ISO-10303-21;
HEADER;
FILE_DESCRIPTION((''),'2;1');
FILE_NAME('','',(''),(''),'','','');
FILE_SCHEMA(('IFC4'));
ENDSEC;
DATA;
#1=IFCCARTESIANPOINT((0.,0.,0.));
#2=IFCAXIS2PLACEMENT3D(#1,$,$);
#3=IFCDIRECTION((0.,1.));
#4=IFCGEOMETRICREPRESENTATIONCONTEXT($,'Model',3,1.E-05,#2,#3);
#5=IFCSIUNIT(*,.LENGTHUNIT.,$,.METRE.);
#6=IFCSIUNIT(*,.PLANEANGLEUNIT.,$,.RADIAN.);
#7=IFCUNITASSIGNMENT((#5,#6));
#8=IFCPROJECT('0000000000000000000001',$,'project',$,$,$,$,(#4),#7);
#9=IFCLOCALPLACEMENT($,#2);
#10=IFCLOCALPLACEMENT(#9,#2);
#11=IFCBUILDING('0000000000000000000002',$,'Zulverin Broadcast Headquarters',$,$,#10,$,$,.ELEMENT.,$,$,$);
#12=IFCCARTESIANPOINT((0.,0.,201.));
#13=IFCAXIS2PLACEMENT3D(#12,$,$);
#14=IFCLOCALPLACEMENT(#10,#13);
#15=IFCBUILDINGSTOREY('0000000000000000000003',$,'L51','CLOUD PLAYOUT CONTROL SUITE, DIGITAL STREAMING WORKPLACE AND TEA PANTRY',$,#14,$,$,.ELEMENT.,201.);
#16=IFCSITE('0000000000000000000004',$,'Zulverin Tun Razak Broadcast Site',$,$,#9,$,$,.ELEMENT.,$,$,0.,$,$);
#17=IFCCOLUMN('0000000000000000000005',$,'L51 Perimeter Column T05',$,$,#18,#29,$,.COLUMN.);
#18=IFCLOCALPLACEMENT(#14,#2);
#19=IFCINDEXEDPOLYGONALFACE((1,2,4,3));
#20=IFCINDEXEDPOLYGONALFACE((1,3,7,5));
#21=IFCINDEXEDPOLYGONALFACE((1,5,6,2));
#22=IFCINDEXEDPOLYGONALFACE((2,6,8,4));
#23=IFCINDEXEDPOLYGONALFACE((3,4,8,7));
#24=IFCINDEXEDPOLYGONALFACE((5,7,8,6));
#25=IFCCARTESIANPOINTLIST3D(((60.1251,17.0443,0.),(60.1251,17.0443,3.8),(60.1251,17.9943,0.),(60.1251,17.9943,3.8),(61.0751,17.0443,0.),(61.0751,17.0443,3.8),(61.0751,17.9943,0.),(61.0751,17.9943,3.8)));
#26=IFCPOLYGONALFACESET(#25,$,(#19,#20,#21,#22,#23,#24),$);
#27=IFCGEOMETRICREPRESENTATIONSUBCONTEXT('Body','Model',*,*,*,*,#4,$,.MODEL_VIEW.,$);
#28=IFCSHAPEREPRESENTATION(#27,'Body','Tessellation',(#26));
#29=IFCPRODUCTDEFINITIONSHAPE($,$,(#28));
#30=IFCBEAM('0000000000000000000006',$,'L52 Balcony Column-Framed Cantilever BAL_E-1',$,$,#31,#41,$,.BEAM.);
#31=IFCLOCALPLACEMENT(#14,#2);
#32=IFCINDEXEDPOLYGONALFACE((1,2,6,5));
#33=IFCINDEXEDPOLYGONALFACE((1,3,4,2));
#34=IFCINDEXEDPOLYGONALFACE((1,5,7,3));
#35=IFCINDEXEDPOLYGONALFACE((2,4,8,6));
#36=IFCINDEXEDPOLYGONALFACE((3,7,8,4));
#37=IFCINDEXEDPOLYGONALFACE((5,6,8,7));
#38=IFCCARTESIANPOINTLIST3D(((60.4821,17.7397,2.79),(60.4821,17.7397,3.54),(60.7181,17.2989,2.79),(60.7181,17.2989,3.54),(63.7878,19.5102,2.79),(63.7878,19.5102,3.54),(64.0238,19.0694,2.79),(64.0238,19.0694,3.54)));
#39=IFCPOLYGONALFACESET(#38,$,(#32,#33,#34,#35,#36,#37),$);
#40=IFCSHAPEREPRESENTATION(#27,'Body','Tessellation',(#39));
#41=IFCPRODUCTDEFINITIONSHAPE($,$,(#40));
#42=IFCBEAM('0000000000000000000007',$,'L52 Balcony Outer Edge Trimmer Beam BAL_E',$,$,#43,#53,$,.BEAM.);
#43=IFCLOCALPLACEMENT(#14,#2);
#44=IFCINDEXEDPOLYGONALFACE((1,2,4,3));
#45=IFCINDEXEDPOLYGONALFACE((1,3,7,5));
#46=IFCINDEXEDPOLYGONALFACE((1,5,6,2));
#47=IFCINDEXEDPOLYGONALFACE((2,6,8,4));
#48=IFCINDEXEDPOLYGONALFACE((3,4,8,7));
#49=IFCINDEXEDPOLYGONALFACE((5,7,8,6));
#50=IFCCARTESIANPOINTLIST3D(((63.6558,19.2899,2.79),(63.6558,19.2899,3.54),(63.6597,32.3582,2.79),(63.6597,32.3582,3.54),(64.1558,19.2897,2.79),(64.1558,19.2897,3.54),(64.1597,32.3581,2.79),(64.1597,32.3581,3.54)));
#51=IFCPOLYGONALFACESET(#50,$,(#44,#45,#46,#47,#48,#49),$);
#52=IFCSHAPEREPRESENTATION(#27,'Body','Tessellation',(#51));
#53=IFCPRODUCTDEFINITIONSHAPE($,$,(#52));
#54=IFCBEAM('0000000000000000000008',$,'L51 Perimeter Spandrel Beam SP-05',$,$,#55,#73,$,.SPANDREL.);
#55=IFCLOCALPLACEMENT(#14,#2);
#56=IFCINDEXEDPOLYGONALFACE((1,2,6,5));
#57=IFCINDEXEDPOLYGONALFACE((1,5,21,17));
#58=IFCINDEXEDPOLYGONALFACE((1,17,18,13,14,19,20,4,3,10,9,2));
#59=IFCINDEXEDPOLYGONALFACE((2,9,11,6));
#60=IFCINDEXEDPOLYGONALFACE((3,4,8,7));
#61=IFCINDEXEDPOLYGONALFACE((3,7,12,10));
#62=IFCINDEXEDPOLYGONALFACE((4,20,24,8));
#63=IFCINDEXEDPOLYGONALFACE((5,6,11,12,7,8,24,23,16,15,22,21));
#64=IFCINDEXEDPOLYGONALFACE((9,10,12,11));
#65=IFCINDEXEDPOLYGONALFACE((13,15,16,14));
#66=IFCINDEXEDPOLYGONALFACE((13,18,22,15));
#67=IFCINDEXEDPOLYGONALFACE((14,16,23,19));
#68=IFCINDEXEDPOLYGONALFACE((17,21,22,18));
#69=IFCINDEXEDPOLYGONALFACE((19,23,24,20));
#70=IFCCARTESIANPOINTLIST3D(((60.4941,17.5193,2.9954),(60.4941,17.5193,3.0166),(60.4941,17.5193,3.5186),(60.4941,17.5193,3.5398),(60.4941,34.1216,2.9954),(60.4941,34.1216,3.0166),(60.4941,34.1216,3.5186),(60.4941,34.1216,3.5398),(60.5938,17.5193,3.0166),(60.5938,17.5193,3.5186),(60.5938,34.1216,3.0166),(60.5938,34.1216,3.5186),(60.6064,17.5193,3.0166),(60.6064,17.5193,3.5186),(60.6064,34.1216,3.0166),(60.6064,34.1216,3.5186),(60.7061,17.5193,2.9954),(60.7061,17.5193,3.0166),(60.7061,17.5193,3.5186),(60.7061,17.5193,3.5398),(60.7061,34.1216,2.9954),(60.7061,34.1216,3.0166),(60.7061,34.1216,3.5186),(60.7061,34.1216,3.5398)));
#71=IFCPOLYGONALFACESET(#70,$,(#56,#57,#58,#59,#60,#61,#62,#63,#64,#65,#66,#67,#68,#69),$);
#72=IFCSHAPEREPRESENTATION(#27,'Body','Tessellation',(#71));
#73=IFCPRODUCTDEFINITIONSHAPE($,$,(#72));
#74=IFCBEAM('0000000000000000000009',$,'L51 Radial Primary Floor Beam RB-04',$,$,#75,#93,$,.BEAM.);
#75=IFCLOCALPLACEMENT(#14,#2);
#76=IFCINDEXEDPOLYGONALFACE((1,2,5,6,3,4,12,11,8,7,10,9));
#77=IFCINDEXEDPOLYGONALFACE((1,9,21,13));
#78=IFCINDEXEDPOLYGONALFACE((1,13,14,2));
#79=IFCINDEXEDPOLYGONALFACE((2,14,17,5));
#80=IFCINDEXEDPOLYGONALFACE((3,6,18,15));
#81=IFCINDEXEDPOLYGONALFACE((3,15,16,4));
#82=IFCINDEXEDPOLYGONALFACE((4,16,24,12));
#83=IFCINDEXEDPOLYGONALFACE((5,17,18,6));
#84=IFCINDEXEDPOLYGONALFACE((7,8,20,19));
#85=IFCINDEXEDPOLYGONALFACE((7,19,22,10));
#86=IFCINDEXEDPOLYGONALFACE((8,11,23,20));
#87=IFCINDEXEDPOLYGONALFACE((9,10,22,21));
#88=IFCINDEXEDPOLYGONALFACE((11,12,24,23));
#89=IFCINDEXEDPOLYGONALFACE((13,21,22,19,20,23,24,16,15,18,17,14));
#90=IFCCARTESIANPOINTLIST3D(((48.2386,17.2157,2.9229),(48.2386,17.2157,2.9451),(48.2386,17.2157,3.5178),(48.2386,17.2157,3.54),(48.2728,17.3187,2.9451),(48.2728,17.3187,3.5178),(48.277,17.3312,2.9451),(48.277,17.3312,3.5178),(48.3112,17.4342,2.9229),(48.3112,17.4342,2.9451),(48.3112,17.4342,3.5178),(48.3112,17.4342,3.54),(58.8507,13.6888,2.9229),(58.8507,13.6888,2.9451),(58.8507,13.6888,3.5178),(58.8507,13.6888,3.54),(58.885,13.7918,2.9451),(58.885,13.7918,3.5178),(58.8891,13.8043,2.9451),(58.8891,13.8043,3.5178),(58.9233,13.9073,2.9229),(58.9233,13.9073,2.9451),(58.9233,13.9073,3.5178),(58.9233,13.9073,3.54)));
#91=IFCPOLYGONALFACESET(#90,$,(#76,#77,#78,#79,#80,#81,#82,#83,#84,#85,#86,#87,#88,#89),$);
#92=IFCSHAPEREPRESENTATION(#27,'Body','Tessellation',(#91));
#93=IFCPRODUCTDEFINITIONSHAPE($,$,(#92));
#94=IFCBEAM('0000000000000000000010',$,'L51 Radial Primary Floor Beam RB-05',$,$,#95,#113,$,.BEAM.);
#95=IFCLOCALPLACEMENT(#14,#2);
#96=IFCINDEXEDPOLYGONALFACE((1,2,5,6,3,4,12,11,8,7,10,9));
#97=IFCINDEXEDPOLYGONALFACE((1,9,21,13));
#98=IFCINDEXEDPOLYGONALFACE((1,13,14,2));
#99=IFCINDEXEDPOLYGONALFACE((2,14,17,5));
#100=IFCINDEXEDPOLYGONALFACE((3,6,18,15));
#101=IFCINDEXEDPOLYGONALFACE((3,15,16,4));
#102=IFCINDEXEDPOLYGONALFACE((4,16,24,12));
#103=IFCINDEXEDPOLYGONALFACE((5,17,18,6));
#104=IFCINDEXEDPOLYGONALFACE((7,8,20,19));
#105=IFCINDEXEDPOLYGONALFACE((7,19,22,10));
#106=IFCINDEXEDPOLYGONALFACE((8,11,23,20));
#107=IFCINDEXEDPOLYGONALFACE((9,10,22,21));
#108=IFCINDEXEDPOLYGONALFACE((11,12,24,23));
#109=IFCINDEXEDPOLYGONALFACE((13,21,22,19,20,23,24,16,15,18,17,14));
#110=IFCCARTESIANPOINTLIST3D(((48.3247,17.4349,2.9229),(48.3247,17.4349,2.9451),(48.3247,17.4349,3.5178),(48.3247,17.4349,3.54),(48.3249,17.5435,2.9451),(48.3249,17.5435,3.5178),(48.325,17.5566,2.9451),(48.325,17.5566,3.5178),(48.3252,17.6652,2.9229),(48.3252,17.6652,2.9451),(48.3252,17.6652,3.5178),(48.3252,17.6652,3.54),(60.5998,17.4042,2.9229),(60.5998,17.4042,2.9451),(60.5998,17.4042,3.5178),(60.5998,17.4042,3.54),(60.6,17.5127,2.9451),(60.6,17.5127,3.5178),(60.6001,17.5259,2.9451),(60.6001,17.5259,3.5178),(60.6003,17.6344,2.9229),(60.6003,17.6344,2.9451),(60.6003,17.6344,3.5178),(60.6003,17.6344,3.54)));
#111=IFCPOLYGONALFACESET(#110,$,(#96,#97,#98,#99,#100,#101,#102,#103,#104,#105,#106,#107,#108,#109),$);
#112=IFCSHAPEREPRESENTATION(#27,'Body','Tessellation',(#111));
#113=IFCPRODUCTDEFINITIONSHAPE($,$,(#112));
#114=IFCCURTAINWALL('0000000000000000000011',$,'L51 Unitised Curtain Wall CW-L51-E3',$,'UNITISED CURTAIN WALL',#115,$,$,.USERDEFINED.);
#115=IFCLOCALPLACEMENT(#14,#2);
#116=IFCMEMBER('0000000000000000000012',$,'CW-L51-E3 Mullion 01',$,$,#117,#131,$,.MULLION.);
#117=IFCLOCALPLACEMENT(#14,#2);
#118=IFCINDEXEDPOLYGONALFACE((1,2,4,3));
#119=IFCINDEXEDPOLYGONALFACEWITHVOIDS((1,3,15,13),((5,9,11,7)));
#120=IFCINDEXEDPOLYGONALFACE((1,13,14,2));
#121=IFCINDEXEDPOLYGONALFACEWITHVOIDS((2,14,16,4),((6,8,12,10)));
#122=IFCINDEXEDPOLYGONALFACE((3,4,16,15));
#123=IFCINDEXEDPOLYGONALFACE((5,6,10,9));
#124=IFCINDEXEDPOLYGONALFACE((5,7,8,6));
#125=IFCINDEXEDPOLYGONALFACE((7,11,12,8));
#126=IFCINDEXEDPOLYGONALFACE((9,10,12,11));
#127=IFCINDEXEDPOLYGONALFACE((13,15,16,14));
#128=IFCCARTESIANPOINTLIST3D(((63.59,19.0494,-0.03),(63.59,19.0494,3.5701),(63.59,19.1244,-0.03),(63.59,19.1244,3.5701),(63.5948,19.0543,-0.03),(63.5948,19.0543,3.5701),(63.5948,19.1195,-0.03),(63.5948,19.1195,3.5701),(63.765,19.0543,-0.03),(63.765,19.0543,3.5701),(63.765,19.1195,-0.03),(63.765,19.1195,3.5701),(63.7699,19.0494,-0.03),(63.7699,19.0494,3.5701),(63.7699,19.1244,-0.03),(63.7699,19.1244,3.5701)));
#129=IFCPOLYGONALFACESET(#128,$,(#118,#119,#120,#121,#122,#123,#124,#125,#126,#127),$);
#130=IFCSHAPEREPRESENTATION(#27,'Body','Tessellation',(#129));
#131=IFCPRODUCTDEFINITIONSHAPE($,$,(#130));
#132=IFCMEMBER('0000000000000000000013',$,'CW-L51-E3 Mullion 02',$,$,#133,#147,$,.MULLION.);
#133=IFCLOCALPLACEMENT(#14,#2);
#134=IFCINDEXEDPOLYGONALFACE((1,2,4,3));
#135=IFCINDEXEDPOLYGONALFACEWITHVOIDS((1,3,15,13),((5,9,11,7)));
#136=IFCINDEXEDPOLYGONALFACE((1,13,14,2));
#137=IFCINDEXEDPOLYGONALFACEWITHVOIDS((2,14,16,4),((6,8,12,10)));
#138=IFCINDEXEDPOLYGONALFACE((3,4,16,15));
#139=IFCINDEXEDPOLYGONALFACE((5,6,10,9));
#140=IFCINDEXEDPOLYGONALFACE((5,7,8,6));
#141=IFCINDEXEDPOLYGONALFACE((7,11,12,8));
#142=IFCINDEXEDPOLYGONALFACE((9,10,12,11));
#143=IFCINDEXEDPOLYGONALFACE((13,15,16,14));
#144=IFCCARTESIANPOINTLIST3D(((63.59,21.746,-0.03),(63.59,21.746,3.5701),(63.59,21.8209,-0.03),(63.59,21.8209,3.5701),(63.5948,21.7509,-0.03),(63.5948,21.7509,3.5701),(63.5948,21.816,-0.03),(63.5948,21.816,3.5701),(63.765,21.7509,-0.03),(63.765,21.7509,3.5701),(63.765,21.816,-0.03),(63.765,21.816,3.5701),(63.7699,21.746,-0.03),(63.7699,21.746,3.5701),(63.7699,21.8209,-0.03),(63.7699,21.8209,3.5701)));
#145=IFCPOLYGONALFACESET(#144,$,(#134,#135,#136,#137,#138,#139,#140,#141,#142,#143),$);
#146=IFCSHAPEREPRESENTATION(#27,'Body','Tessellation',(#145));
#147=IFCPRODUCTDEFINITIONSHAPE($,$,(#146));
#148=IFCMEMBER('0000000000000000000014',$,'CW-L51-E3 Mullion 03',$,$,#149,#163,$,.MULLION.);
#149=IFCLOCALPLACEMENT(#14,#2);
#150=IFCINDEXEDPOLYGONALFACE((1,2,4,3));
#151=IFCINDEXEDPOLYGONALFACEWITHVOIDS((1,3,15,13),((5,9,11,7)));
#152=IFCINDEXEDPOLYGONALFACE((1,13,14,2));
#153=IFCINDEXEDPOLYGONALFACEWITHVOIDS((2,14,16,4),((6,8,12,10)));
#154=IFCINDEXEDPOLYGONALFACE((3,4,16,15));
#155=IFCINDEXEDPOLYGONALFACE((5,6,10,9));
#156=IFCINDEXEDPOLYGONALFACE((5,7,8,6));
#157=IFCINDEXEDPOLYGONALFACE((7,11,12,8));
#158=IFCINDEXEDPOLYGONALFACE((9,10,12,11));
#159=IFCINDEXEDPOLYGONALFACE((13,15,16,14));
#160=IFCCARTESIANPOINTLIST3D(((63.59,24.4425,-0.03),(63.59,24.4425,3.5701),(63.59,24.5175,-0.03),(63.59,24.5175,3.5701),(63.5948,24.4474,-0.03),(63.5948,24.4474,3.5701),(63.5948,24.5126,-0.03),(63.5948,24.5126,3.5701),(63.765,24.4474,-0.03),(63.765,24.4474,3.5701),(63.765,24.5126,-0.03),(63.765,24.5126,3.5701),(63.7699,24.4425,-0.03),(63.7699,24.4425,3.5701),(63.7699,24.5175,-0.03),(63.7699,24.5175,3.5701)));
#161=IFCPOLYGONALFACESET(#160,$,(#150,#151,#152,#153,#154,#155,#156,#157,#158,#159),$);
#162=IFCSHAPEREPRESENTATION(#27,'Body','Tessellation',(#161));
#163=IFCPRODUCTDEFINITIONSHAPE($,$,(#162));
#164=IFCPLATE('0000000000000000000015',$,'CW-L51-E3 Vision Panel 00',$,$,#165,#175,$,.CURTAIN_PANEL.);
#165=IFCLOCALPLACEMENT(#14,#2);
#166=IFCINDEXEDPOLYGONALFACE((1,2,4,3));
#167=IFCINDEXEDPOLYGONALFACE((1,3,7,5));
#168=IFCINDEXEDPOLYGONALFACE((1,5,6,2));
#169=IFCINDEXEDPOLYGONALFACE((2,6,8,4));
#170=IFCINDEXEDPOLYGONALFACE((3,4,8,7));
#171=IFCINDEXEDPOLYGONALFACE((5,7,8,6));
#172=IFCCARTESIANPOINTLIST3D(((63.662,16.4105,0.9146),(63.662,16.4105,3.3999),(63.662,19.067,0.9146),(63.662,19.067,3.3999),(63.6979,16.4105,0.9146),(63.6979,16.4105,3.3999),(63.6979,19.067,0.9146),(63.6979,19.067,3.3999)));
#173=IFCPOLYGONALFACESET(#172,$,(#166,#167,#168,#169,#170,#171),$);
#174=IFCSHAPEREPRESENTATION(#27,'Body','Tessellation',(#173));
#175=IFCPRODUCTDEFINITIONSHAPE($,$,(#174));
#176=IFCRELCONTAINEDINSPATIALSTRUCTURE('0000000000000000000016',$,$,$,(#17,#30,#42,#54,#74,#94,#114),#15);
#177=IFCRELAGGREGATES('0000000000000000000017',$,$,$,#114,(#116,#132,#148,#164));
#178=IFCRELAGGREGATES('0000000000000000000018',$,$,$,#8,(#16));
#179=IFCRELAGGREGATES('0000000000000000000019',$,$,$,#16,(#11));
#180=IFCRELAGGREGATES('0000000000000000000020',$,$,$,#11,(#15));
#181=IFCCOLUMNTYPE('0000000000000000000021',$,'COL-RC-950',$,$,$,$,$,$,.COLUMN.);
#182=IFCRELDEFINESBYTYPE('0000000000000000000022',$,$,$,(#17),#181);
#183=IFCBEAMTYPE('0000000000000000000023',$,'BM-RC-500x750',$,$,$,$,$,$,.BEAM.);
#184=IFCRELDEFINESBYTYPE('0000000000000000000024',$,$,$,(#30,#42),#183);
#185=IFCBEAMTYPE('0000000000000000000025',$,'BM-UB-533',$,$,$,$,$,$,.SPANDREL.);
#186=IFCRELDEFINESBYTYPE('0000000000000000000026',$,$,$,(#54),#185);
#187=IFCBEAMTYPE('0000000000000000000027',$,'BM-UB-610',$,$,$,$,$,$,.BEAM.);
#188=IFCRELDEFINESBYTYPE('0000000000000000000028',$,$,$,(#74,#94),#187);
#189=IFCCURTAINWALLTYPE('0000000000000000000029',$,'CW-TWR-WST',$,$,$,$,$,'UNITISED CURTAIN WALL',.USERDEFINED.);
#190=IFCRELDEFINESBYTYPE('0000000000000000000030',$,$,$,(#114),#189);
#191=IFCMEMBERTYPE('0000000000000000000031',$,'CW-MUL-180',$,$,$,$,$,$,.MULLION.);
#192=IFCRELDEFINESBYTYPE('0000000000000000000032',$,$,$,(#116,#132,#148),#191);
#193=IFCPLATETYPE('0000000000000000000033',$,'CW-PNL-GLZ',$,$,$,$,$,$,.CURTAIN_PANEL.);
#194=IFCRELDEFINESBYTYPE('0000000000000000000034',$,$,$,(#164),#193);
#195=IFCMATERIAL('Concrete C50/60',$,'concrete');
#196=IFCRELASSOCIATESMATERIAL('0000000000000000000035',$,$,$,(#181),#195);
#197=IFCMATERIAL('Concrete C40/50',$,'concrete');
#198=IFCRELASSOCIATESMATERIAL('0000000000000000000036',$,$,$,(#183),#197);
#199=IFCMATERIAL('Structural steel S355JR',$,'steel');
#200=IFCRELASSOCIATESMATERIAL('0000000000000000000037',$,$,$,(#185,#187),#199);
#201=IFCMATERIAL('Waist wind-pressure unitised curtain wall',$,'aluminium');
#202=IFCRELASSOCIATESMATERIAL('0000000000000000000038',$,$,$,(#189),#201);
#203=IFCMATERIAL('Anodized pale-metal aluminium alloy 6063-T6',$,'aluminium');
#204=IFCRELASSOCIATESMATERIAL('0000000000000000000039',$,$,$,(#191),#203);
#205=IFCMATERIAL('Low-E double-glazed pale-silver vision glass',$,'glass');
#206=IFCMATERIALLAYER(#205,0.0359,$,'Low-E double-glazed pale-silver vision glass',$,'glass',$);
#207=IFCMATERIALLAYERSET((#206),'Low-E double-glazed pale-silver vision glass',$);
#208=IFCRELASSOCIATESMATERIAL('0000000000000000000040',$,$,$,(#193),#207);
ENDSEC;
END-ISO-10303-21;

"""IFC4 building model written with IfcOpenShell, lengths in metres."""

from ifc_helpers import new_model, si_unit, direction, frame, origin, origin_2d, place, context, subcontext, project, spatial, rectangle, hollow_rectangle, i_section, extrude, material, layer, layer_set, material_profile, profile_set, type_object, element, aggregate, save


model = new_model("IFC4")

# Units and contexts
model_context = context("Model", 3, precision=1e-05, world=origin(), true_north=direction((0.0, 1.0)))
body_context = subcontext(model_context, "Body", "Model", "MODEL_VIEW")
ifc_project = project(units=[si_unit("LENGTHUNIT", "METRE"), si_unit("PLANEANGLEUNIT", "RADIAN")], contexts=[model_context])

# Site, building, storey
site_placement = place(None, origin())
site = spatial("IfcSite", under=ifc_project, at=site_placement, Name="Zulverin Tun Razak Broadcast Site", CompositionType="ELEMENT", RefElevation=0.0)
building_placement = place(site_placement, origin())
building = spatial("IfcBuilding", under=site, at=building_placement, Name="Zulverin Broadcast Headquarters", CompositionType="ELEMENT")
storey_placement = place(building_placement, frame((0.0, 0.0, 201.0)))
storey = spatial("IfcBuildingStorey", under=building, at=storey_placement, Name="L51", Description="CLOUD PLAYOUT CONTROL SUITE, DIGITAL STREAMING WORKPLACE AND TEA PANTRY", CompositionType="ELEMENT", Elevation=201.0)

# Column
ifc_material_1 = material(Name="Concrete C50/60", Category="concrete")
ifc_material_profile_1 = material_profile(ifc_material_1, rectangle(XDim=0.95, YDim=0.95, at=origin_2d()), Name="Concrete C50/60", Category="concrete")
ifc_profile_set_1 = profile_set([ifc_material_profile_1], Name="Concrete C50/60")
column_type = type_object("IfcColumnType", Name="COL-RC-950", PredefinedType="COLUMN", material=ifc_profile_set_1)
column_placement = place(storey_placement, frame((60.6001, 17.5193, 0.0), z_axis=(0.0, 0.0, 1.0), x_axis=(1.0, 0.0, 0.0)))
element("IfcColumn", 1, at=column_placement, inside=storey, type_object=column_type, Name="L51 Perimeter Column T05", PredefinedType="COLUMN", context=body_context, shape_type="SweptSolid", body=[
    extrude(rectangle(XDim=0.95, YDim=0.95, at=origin_2d()), origin(), (0.0, 0.0, 1.0), 3.8),
])

# Beams
ifc_material_2 = material(Name="Concrete C40/50", Category="concrete")
ifc_material_profile_2 = material_profile(ifc_material_2, rectangle(XDim=0.5, YDim=0.75, at=origin_2d()), Name="Concrete C40/50", Category="concrete")
ifc_profile_set_2 = profile_set([ifc_material_profile_2], Name="Concrete C40/50")
beam_type_1 = type_object("IfcBeamType", Name="BM-RC-500x750", PredefinedType="BEAM", material=ifc_profile_set_2)
beam_1_placement = place(storey_placement, frame((60.6001, 17.5193, 3.165), z_axis=(0.881523, 0.472142, 0.0), x_axis=(-0.472142, 0.881523, 0.0)))
element("IfcBeam", 2, at=beam_1_placement, inside=storey, type_object=beam_type_1, Name="L52 Balcony Column-Framed Cantilever BAL_E-1", PredefinedType="BEAM", context=body_context, shape_type="SweptSolid", body=[
    extrude(rectangle(XDim=0.5, YDim=0.75, at=origin_2d()), origin(), (0.0, 0.0, 1.0), 3.75),
])
beam_2_placement = place(storey_placement, frame((63.9058, 19.2898, 3.165), z_axis=(0.000299, 1.0, 0.0), x_axis=(-1.0, 0.000299, 0.0)))
element("IfcBeam", 3, at=beam_2_placement, inside=storey, type_object=beam_type_1, Name="L52 Balcony Outer Edge Trimmer Beam BAL_E", PredefinedType="BEAM", context=body_context, shape_type="SweptSolid", body=[
    extrude(rectangle(XDim=0.5, YDim=0.75, at=origin_2d()), origin(), (0.0, 0.0, 1.0), 13.0684),
])
ifc_material_3 = material(Name="Structural steel S355JR", Category="steel")
ifc_material_profile_3 = material_profile(ifc_material_3, i_section(OverallWidth=0.2119, OverallDepth=0.5444, WebThickness=0.0127, FlangeThickness=0.0212, at=origin_2d()), Name="Structural steel S355JR", Category="steel")
ifc_profile_set_3 = profile_set([ifc_material_profile_3], Name="Structural steel S355JR")
beam_type_2 = type_object("IfcBeamType", Name="BM-UB-533", PredefinedType="SPANDREL", material=ifc_profile_set_3)
beam_3_placement = place(storey_placement, frame((60.6001, 17.5193, 3.2676), z_axis=(0.0, 1.0, 0.0), x_axis=(-1.0, 0.0, 0.0)))
element("IfcBeam", 4, at=beam_3_placement, inside=storey, type_object=beam_type_2, Name="L51 Perimeter Spandrel Beam SP-05", PredefinedType="SPANDREL", context=body_context, shape_type="SweptSolid", body=[
    extrude(i_section(OverallWidth=0.2119, OverallDepth=0.5444, WebThickness=0.0127, FlangeThickness=0.0212, at=origin_2d()), origin(), (0.0, 0.0, 1.0), 16.6023),
])
ifc_material_profile_4 = material_profile(ifc_material_3, i_section(OverallWidth=0.2302, OverallDepth=0.6172, WebThickness=0.0132, FlangeThickness=0.0222, at=origin_2d()), Name="Structural steel S355JR", Category="steel")
ifc_profile_set_4 = profile_set([ifc_material_profile_4], Name="Structural steel S355JR")
beam_type_3 = type_object("IfcBeamType", Name="BM-UB-610", PredefinedType="BEAM", material=ifc_profile_set_4)
beam_4_placement = place(storey_placement, frame((48.2749, 17.325, 3.2314), z_axis=(0.948965, -0.315383, 0.0), x_axis=(0.315383, 0.948965, 0.0)))
element("IfcBeam", 5, at=beam_4_placement, inside=storey, type_object=beam_type_3, Name="L51 Radial Primary Floor Beam RB-04", PredefinedType="BEAM", context=body_context, shape_type="SweptSolid", body=[
    extrude(i_section(OverallWidth=0.2302, OverallDepth=0.6172, WebThickness=0.0132, FlangeThickness=0.0222, at=origin_2d()), origin(), (0.0, 0.0, 1.0), 11.1829),
])
beam_5_placement = place(storey_placement, frame((48.325, 17.55, 3.2314), z_axis=(0.999997, -0.002506, 0.0), x_axis=(0.002506, 0.999997, 0.0)))
element("IfcBeam", 6, at=beam_5_placement, inside=storey, type_object=beam_type_3, Name="L51 Radial Primary Floor Beam RB-05", PredefinedType="BEAM", context=body_context, shape_type="SweptSolid", body=[
    extrude(i_section(OverallWidth=0.2302, OverallDepth=0.6172, WebThickness=0.0132, FlangeThickness=0.0222, at=origin_2d()), origin(), (0.0, 0.0, 1.0), 12.2751),
])

# Curtain wall, members, plate
ifc_material_4 = material(Name="Waist wind-pressure unitised curtain wall", Category="aluminium")
curtain_wall_type = type_object("IfcCurtainWallType", Name="CW-TWR-WST", ElementType="UNITISED CURTAIN WALL", PredefinedType="USERDEFINED", material=ifc_material_4)
curtain_wall_placement = place(storey_placement, origin())
curtain_wall = element("IfcCurtainWall", 7, at=curtain_wall_placement, inside=storey, type_object=curtain_wall_type, Name="L51 Unitised Curtain Wall CW-L51-E3", ObjectType="UNITISED CURTAIN WALL", PredefinedType="USERDEFINED")
ifc_material_5 = material(Name="Anodized pale-metal aluminium alloy 6063-T6", Category="aluminium")
ifc_material_profile_5 = material_profile(ifc_material_5, hollow_rectangle(XDim=0.075, YDim=0.1799, WallThickness=0.0049, at=origin_2d()), Name="Anodized pale-metal aluminium alloy 6063-T6", Category="aluminium")
ifc_profile_set_5 = profile_set([ifc_material_profile_5], Name="Anodized pale-metal aluminium alloy 6063-T6")
member_type = type_object("IfcMemberType", Name="CW-MUL-180", PredefinedType="MULLION", material=ifc_profile_set_5)
member_1_placement = place(storey_placement, frame((63.6799, 19.0869, -0.03), z_axis=(0.0, 0.0, 1.0), x_axis=(0.0, 1.0, 0.0)))
member_1 = element("IfcMember", 8, at=member_1_placement, type_object=member_type, Name="CW-L51-E3 Mullion 01", PredefinedType="MULLION", context=body_context, shape_type="SweptSolid", body=[
    extrude(hollow_rectangle(XDim=0.075, YDim=0.1799, WallThickness=0.0049, at=origin_2d()), origin(), (0.0, 0.0, 1.0), 3.6001),
])
member_2_placement = place(storey_placement, frame((63.6799, 21.7834, -0.03), z_axis=(0.0, 0.0, 1.0), x_axis=(0.0, 1.0, 0.0)))
member_2 = element("IfcMember", 9, at=member_2_placement, type_object=member_type, Name="CW-L51-E3 Mullion 02", PredefinedType="MULLION", context=body_context, shape_type="SweptSolid", body=[
    extrude(hollow_rectangle(XDim=0.075, YDim=0.1799, WallThickness=0.0049, at=origin_2d()), origin(), (0.0, 0.0, 1.0), 3.6001),
])
member_3_placement = place(storey_placement, frame((63.6799, 24.48, -0.03), z_axis=(0.0, 0.0, 1.0), x_axis=(0.0, 1.0, 0.0)))
member_3 = element("IfcMember", 10, at=member_3_placement, type_object=member_type, Name="CW-L51-E3 Mullion 03", PredefinedType="MULLION", context=body_context, shape_type="SweptSolid", body=[
    extrude(hollow_rectangle(XDim=0.075, YDim=0.1799, WallThickness=0.0049, at=origin_2d()), origin(), (0.0, 0.0, 1.0), 3.6001),
])
ifc_material_6 = material(Name="Low-E double-glazed pale-silver vision glass", Category="glass")
ifc_layer_1 = layer(ifc_material_6, 0.0359, Name="Low-E double-glazed pale-silver vision glass", Category="glass")
ifc_layer_set_1 = layer_set([ifc_layer_1], Name="Low-E double-glazed pale-silver vision glass")
plate_type_1 = type_object("IfcPlateType", Name="CW-PNL-GLZ", PredefinedType="CURTAIN_PANEL", material=ifc_layer_set_1)
plate_1_placement = place(storey_placement, frame((63.6799, 17.7388, 0.9146), z_axis=(0.0, 0.0, 1.0), x_axis=(0.0, 1.0, 0.0)))
plate_1 = element("IfcPlate", 11, at=plate_1_placement, type_object=plate_type_1, Name="CW-L51-E3 Vision Panel 00", PredefinedType="CURTAIN_PANEL", context=body_context, shape_type="SweptSolid", body=[
    extrude(rectangle(XDim=2.6565, YDim=0.0359, at=origin_2d()), origin(), (0.0, 0.0, 1.0), 2.4854),
])
aggregate(curtain_wall, [member_1, member_2, member_3, plate_1])

save(model, "model.ifc")
